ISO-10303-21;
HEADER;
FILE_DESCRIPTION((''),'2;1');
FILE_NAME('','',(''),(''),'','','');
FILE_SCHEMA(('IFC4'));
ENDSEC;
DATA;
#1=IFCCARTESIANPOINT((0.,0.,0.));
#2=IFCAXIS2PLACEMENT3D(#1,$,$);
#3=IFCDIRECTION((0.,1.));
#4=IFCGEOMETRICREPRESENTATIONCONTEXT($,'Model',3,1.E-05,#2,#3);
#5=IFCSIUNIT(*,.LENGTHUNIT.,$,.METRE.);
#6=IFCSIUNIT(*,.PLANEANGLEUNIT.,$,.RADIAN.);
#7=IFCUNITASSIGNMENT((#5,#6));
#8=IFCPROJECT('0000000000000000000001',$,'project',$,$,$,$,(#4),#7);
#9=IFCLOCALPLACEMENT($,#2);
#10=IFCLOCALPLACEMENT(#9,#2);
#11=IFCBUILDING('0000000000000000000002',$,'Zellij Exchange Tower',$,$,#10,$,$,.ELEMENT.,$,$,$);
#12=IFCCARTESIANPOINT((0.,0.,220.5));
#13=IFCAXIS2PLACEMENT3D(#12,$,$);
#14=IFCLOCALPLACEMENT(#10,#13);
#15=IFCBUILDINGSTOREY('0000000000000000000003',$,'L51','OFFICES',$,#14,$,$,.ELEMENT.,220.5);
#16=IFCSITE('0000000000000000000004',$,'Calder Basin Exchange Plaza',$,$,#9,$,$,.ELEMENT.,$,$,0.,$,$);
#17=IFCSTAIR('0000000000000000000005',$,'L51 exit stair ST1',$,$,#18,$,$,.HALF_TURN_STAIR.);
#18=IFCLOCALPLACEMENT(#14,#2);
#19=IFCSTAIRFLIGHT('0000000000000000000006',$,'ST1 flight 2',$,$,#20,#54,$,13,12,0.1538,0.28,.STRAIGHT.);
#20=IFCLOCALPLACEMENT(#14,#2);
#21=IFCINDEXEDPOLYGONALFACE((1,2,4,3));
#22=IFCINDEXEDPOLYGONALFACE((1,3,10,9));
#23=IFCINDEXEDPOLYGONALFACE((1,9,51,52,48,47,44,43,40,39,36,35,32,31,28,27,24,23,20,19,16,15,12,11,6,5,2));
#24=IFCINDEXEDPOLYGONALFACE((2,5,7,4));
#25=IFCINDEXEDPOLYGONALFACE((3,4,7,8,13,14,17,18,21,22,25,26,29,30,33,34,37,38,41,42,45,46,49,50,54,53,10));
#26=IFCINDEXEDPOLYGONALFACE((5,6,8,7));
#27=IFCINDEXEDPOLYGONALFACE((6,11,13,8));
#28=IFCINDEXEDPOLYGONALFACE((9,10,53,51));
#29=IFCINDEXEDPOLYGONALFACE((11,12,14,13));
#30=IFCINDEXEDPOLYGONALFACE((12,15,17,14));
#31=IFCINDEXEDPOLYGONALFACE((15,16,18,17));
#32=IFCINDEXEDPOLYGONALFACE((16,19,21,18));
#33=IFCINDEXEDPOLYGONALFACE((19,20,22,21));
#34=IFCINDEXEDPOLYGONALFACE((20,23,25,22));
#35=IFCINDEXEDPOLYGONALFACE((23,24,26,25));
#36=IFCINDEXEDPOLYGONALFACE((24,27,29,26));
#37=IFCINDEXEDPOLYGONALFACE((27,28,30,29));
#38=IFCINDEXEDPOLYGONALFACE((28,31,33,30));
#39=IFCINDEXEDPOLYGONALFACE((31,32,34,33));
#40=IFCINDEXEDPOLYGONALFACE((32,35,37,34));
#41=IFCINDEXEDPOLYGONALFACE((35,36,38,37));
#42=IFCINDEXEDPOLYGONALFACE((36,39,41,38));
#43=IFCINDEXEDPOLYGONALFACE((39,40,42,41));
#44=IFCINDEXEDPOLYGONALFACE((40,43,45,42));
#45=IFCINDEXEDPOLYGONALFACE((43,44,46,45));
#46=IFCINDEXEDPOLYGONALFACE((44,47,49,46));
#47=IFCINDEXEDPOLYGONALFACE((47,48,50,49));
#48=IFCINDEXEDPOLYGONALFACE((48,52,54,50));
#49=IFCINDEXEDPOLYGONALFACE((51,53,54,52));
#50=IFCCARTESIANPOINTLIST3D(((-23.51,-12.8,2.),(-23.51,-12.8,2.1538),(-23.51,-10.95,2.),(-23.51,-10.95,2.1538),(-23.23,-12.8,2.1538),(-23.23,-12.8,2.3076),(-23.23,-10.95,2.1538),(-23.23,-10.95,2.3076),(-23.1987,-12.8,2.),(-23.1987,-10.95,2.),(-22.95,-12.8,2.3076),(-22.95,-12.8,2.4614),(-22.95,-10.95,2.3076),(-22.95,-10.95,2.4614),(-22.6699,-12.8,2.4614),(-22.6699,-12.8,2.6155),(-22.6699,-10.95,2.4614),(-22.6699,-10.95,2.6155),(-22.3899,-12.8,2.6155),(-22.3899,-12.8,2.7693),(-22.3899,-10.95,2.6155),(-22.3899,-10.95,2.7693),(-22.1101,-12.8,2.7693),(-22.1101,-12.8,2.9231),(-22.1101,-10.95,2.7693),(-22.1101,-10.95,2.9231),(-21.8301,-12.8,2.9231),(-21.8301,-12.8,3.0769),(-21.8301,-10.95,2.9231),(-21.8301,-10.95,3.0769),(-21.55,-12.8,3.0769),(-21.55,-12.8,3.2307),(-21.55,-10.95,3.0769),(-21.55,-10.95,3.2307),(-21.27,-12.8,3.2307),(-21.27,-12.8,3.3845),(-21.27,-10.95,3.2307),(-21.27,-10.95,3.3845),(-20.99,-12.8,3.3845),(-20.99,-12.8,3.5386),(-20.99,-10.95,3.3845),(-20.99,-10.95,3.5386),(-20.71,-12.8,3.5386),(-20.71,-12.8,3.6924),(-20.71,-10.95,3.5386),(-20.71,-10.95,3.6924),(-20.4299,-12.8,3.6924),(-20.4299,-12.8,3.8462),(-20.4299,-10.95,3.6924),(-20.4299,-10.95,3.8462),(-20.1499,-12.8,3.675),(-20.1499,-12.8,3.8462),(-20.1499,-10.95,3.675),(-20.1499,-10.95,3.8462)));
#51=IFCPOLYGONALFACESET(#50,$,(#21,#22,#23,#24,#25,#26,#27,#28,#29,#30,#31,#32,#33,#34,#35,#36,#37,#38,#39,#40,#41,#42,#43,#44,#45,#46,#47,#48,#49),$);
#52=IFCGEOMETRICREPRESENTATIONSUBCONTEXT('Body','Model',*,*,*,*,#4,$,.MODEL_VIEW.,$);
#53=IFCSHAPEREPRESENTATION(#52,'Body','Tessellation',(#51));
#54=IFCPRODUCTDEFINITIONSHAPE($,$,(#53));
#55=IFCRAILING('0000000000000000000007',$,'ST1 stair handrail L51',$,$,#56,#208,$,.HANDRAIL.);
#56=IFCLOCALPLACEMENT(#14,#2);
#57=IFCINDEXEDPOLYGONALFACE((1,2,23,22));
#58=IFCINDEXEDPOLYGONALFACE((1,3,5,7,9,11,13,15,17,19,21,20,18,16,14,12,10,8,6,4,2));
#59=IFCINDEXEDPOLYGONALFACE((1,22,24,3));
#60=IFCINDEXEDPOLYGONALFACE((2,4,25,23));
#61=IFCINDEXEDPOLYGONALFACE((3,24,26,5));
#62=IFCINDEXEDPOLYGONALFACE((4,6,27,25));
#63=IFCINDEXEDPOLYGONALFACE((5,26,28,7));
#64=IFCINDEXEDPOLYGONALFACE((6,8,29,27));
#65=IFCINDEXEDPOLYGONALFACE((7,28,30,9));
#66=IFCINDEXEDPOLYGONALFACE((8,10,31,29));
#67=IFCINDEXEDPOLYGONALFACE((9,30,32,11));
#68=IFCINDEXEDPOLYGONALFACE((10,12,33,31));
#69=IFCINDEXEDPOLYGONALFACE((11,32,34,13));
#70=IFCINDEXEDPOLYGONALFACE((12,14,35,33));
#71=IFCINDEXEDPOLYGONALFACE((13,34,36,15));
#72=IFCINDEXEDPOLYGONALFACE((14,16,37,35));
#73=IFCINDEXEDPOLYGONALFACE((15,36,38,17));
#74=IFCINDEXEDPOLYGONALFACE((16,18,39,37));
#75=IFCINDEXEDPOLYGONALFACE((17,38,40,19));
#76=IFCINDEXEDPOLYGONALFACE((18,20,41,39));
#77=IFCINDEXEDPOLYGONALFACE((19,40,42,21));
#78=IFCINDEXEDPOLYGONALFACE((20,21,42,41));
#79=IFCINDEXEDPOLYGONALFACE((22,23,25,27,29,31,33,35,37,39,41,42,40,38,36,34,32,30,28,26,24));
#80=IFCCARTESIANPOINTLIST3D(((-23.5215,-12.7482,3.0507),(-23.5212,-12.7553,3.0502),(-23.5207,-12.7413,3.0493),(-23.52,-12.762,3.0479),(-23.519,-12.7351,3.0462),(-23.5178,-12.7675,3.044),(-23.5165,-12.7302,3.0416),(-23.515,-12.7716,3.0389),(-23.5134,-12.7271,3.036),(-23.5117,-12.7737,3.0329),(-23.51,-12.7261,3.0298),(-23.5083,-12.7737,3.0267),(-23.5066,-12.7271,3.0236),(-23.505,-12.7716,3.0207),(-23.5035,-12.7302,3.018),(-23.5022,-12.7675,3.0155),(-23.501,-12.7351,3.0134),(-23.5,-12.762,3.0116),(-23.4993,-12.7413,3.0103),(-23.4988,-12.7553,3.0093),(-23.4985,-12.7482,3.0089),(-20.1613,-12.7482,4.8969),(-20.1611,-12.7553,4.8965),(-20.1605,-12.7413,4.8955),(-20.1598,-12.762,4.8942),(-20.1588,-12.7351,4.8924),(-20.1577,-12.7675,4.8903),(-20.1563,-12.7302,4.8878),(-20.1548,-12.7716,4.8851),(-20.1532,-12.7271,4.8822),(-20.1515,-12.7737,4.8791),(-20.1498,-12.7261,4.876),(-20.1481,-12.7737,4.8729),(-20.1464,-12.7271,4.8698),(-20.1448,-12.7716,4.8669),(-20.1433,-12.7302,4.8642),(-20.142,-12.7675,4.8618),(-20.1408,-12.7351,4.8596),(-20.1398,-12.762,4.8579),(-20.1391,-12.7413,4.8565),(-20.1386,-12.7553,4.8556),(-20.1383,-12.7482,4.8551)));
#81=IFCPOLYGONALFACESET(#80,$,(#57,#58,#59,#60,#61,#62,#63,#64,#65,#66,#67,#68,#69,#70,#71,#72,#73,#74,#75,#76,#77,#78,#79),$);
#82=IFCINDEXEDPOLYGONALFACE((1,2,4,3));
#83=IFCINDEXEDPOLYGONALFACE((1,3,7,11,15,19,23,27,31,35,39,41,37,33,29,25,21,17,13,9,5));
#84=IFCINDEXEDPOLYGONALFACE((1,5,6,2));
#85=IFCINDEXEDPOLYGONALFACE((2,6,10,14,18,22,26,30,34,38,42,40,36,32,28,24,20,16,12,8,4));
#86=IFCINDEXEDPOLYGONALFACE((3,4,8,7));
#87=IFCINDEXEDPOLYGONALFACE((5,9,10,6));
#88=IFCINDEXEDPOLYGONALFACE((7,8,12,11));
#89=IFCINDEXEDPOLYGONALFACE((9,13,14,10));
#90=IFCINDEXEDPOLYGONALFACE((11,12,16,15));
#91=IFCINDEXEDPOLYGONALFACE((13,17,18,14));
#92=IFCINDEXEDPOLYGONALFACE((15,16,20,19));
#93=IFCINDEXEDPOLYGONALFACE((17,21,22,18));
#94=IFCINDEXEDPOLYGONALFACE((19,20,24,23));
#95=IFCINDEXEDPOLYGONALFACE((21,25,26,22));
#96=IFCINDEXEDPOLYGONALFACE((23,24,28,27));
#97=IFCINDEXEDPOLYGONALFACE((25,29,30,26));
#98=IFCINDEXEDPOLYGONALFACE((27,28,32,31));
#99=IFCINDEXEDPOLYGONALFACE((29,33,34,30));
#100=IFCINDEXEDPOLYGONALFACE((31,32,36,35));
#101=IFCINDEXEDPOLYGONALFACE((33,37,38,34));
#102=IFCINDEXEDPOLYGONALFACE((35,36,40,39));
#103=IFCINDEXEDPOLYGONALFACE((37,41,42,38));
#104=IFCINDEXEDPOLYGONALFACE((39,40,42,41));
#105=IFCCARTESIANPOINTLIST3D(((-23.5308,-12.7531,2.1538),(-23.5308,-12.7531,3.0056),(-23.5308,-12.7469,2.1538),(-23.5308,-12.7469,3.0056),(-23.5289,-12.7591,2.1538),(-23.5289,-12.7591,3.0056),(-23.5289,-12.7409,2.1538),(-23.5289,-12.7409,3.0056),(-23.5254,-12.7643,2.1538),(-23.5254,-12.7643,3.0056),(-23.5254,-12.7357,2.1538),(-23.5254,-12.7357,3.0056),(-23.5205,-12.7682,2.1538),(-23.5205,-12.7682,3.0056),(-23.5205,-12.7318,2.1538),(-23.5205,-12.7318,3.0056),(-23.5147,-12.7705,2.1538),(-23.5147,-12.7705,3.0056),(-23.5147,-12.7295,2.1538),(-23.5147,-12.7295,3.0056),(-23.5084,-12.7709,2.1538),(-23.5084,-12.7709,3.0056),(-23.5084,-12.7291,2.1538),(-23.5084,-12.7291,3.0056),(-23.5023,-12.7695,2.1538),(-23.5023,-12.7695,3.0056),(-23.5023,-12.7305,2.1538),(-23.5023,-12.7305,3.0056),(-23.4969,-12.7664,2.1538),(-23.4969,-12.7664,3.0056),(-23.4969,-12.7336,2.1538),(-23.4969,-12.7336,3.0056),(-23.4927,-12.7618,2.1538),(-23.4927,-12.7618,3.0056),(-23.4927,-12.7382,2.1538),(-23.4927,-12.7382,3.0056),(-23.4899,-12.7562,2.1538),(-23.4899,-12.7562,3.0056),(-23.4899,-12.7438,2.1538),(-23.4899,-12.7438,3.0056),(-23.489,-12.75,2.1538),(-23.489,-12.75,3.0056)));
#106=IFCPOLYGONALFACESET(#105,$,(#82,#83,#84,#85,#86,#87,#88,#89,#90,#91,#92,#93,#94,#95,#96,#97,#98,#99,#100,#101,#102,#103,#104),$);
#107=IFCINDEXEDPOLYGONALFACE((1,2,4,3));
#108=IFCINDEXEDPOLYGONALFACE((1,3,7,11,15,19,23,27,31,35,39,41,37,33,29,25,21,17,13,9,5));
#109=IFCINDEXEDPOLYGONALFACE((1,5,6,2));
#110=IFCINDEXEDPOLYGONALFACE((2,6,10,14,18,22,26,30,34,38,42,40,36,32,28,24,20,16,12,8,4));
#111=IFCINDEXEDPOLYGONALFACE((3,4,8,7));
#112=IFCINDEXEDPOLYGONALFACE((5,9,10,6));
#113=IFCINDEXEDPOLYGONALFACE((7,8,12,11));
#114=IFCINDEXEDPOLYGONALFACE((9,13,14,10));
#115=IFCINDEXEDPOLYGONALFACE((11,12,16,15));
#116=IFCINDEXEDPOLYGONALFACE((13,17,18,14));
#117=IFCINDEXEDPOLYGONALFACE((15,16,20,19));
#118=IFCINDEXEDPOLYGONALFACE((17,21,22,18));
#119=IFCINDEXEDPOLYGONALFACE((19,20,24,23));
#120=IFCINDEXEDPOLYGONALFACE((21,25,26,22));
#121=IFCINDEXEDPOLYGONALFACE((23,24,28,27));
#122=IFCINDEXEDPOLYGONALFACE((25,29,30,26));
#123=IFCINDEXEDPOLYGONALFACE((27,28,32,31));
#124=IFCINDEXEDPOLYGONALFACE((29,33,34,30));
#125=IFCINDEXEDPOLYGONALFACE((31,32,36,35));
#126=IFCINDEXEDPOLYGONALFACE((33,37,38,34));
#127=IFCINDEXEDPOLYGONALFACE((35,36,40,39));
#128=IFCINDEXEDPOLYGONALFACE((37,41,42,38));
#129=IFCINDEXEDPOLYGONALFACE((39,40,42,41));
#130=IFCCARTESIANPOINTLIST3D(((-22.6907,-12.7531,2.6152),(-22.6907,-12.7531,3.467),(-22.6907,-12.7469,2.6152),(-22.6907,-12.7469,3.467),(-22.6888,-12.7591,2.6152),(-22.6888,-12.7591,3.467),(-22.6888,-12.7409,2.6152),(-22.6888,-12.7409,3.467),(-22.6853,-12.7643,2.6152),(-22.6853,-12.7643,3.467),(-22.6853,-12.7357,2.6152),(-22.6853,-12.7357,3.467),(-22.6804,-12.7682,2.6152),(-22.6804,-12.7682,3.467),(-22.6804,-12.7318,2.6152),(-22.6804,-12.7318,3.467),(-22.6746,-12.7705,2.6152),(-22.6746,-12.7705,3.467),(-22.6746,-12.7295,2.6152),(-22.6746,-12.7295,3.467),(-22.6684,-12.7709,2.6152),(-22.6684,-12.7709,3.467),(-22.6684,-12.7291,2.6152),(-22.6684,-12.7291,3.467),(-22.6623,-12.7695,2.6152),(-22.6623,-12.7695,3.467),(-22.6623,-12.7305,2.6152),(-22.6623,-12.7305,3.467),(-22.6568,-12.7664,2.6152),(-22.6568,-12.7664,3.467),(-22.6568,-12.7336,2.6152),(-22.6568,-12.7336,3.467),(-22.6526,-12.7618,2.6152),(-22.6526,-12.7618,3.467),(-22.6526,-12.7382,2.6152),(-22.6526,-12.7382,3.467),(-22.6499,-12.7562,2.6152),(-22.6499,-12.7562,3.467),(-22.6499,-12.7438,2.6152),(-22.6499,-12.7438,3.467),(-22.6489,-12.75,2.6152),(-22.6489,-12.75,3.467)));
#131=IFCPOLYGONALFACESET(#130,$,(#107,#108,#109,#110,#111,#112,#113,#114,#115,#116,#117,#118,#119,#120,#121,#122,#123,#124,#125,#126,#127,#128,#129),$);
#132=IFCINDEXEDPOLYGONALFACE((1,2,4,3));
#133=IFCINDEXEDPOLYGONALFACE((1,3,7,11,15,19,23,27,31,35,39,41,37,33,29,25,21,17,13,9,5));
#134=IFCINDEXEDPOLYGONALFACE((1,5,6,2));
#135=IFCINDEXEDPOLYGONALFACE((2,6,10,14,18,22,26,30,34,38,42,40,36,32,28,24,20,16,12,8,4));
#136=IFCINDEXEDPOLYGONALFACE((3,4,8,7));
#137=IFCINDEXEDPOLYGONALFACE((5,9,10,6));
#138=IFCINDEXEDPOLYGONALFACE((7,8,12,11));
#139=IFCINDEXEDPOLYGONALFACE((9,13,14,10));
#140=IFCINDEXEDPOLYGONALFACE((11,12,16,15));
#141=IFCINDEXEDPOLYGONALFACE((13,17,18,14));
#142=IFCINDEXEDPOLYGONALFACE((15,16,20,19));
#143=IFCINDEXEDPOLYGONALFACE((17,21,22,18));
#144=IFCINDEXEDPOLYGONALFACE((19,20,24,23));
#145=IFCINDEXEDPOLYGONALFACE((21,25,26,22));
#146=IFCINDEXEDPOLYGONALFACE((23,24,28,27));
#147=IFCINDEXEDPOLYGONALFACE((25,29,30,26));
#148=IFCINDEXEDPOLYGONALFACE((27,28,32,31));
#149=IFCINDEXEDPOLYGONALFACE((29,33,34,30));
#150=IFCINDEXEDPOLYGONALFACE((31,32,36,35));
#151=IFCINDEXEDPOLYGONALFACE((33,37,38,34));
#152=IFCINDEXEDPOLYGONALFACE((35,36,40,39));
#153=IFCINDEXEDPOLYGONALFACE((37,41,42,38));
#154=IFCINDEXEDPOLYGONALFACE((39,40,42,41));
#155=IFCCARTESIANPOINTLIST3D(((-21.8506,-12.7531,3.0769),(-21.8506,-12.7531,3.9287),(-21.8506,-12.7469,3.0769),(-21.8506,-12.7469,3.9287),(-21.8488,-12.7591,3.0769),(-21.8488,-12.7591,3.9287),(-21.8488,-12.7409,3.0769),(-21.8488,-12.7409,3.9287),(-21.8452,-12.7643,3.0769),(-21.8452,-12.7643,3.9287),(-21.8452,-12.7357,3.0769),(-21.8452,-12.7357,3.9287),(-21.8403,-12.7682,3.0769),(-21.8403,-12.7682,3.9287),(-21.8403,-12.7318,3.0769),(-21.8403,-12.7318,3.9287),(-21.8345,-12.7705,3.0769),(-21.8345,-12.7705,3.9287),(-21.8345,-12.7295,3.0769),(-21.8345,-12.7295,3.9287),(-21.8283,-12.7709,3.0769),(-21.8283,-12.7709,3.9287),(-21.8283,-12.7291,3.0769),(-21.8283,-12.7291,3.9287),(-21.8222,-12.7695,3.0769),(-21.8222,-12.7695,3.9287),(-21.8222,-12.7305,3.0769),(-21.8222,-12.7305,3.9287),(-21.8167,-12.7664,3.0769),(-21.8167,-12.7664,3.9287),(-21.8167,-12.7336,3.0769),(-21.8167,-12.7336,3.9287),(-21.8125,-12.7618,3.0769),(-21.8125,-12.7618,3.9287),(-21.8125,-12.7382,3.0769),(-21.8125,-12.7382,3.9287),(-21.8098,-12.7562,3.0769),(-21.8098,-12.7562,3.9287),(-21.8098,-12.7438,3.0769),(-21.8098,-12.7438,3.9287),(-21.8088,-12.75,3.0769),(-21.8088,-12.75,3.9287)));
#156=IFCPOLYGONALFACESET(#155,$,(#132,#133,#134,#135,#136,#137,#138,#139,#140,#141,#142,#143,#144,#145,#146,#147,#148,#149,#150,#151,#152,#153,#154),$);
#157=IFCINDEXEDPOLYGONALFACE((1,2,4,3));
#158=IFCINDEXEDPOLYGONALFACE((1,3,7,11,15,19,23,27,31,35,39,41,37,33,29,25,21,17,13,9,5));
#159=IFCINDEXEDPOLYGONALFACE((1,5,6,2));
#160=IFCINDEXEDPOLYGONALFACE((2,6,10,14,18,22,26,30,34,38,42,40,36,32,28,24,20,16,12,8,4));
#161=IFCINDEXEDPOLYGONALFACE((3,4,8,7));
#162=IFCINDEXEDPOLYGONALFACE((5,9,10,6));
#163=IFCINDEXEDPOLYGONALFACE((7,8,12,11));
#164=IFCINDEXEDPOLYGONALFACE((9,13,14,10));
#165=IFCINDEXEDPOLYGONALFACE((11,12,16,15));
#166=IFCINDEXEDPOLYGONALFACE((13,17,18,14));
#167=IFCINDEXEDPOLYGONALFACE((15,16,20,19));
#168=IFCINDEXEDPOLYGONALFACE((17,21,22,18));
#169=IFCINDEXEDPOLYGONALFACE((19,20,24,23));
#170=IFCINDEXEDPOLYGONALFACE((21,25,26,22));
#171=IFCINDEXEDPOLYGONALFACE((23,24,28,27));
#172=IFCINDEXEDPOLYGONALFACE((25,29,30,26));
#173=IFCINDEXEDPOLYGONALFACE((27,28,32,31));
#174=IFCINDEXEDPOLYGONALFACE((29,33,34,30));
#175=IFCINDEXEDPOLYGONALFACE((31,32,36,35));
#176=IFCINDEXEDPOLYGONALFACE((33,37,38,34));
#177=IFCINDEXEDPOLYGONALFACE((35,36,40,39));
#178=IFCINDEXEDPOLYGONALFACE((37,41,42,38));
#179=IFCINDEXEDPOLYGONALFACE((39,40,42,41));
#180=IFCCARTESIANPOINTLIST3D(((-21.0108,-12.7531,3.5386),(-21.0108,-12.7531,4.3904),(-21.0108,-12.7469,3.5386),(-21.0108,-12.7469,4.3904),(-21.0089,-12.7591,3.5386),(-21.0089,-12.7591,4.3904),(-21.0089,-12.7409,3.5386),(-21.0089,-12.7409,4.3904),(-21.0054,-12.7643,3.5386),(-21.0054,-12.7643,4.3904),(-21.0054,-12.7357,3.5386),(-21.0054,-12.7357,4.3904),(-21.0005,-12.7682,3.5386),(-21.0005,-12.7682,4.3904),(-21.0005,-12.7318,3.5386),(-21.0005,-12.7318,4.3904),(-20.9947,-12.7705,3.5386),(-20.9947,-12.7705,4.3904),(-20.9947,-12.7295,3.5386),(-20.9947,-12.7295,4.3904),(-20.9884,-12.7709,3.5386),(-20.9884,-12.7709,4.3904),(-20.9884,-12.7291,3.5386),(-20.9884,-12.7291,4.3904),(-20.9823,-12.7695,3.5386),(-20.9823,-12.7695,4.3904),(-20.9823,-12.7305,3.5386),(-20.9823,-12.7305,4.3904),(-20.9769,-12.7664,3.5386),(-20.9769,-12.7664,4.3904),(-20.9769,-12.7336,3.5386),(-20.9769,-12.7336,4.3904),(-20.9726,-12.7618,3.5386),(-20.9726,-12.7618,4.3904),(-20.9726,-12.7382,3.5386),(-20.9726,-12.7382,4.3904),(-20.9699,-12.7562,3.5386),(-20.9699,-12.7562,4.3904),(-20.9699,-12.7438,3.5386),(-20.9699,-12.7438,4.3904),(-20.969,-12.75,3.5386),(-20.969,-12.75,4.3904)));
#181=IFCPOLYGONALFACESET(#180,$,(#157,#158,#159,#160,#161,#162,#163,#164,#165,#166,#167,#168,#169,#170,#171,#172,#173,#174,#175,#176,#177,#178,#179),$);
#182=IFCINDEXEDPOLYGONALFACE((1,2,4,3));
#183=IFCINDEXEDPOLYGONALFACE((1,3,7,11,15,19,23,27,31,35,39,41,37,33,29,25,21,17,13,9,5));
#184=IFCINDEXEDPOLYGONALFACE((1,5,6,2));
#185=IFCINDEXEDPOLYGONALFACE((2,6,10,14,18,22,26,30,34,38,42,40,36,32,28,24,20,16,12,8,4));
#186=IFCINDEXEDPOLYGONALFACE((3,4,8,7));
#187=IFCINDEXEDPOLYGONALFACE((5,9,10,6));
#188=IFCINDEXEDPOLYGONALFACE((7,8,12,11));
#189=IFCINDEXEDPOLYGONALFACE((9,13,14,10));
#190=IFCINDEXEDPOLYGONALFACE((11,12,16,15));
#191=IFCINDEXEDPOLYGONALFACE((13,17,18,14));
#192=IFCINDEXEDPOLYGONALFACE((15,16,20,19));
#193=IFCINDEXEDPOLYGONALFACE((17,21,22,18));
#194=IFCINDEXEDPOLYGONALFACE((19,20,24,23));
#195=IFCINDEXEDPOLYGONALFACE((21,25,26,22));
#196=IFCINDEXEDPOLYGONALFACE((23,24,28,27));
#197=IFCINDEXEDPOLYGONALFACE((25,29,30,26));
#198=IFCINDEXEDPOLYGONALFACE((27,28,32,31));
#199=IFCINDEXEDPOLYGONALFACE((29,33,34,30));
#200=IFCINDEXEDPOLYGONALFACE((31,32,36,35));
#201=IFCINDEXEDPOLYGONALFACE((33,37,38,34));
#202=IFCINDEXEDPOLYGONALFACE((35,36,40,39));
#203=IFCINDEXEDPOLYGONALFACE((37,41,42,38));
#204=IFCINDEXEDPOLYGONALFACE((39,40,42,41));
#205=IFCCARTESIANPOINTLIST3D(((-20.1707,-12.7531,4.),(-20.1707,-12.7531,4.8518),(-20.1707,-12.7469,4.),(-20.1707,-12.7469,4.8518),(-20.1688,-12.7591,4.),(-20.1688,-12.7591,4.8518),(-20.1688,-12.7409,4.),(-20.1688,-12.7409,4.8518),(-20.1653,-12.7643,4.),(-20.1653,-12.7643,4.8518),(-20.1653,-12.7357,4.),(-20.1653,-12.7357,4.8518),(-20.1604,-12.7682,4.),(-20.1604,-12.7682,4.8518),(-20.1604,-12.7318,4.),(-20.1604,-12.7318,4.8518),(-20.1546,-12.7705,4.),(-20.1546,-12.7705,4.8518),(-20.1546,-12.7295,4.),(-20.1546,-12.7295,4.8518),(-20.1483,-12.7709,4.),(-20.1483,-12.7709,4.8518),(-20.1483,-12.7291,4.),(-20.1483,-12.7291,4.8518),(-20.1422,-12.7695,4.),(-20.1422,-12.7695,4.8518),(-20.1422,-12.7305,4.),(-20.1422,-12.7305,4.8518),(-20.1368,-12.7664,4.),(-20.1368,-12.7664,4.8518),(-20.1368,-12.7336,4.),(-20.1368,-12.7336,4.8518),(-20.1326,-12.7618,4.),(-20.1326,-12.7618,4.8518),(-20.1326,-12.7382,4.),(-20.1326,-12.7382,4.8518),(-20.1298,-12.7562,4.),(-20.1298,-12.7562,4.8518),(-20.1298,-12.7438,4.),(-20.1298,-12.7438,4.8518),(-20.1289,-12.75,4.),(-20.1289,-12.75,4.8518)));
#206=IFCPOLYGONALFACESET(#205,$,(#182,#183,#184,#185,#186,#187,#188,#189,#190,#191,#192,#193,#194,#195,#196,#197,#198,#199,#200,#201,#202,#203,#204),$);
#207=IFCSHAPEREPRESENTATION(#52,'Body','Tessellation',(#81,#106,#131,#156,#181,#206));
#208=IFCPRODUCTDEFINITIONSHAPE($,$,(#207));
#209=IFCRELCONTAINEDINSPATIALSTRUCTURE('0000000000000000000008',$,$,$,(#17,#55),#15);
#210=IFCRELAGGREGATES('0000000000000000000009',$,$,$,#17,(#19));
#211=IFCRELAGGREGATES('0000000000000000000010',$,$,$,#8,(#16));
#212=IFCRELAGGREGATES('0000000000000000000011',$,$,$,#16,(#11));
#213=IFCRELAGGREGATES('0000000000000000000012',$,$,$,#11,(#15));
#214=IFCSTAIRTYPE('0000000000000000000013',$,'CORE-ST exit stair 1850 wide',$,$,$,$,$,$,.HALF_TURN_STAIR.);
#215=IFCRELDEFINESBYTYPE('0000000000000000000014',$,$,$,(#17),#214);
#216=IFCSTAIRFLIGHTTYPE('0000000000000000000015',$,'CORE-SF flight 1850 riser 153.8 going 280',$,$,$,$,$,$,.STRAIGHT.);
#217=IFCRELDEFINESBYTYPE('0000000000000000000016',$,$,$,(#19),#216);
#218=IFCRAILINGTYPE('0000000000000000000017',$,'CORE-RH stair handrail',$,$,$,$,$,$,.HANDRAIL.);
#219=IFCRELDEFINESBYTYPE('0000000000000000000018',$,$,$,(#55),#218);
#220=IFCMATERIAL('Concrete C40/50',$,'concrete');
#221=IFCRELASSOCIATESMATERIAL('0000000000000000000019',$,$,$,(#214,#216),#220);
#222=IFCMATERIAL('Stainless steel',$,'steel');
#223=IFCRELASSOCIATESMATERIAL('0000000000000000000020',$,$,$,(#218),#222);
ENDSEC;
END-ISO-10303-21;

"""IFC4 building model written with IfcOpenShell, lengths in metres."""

from ifc_helpers import new_model, si_unit, direction, frame, origin, origin_2d, place, context, subcontext, project, spatial, polyline, circle, outline, extrude, material, type_object, element, aggregate, save


model = new_model("IFC4")

# Units and contexts
model_context = context("Model", 3, precision=1e-05, world=origin(), true_north=direction((0.0, 1.0)))
body_context = subcontext(model_context, "Body", "Model", "MODEL_VIEW")
ifc_project = project(units=[si_unit("LENGTHUNIT", "METRE"), si_unit("PLANEANGLEUNIT", "RADIAN")], contexts=[model_context])

# Site, building, storey
site_placement = place(None, origin())
site = spatial("IfcSite", under=ifc_project, at=site_placement, Name="Calder Basin Exchange Plaza", CompositionType="ELEMENT", RefElevation=0.0)
building_placement = place(site_placement, origin())
building = spatial("IfcBuilding", under=site, at=building_placement, Name="Zellij Exchange Tower", CompositionType="ELEMENT")
storey_placement = place(building_placement, frame((0.0, 0.0, 220.5)))
storey = spatial("IfcBuildingStorey", under=building, at=storey_placement, Name="L51", Description="OFFICES", CompositionType="ELEMENT", Elevation=220.5)

# Stair, stair flight
ifc_material_1 = material(Name="Concrete C40/50", Category="concrete")
stair_type = type_object("IfcStairType", Name="CORE-ST exit stair 1850 wide", PredefinedType="HALF_TURN_STAIR", material=ifc_material_1)
stair_placement = place(storey_placement, origin())
stair = element("IfcStair", 1, at=stair_placement, inside=storey, type_object=stair_type, Name="L51 exit stair ST1", PredefinedType="HALF_TURN_STAIR")
stair_flight_type = type_object("IfcStairFlightType", Name="CORE-SF flight 1850 riser 153.8 going 280", PredefinedType="STRAIGHT", material=ifc_material_1)
stair_flight_placement = place(storey_placement, frame((-23.51, -11.875, 2.0), z_axis=(0.0, 0.0, 1.0), x_axis=(1.0, 0.0, 0.0)))
stair_flight = element("IfcStairFlight", 2, at=stair_flight_placement, type_object=stair_flight_type, Name="ST1 flight 2", NumberOfRisers=13, NumberOfTreads=12, PredefinedType="STRAIGHT", RiserHeight=0.1538, TreadLength=0.28, context=body_context, shape_type="SweptSolid", body=[
    extrude(outline(polyline([(0.0, 0.0), (0.0, 0.1538), (0.28, 0.1538), (0.28, 0.3076), (0.5601, 0.3076), (0.5601, 0.4614), (0.8401, 0.4614), (0.8401, 0.6155), (1.1201, 0.6155), (1.1201, 0.7693), (1.3999, 0.7693), (1.3999, 0.9231), (1.6799, 0.9231), (1.6799, 1.0769), (1.96, 1.0769), (1.96, 1.2307), (2.24, 1.2307), (2.24, 1.3845), (2.52, 1.3845), (2.52, 1.5386), (2.8, 1.5386), (2.8, 1.6924), (3.0801, 1.6924), (3.0801, 1.8462), (3.3601, 1.8462), (3.3601, 2.0), (3.3601, 1.675), (0.3113, 0.0), (0.0, 0.0)])), frame((0.0, 0.925, 0.0), z_axis=(0.0, -1.0, 0.0), x_axis=(1.0, 0.0, 0.0)), (0.0, 0.0, 1.0), 1.8501),
])
aggregate(stair, [stair_flight])

# Railing
ifc_material_2 = material(Name="Stainless steel", Category="steel")
railing_type = type_object("IfcRailingType", Name="CORE-RH stair handrail", PredefinedType="HANDRAIL", material=ifc_material_2)
railing_placement = place(storey_placement, frame((-23.51, -12.75, 2.1538)))
element("IfcRailing", 3, at=railing_placement, inside=storey, type_object=railing_type, Name="ST1 stair handrail L51", PredefinedType="HANDRAIL", context=body_context, shape_type="SweptSolid", body=[
    extrude(circle(Radius=0.0239, at=origin_2d()), frame((0.0, 0.0, 0.876), z_axis=(0.876422, 0.0, 0.481545), x_axis=(0.0, 1.0, 0.0)), (0.0, 0.0, 1.0), 3.834),
    extrude(circle(Radius=0.021, at=origin_2d()), origin(), (0.0, 0.0, 1.0), 0.8518),
    extrude(circle(Radius=0.021, at=origin_2d()), frame((0.8401, 0.0, 0.4614)), (0.0, 0.0, 1.0), 0.8518),
    extrude(circle(Radius=0.021, at=origin_2d()), frame((1.6802, 0.0, 0.9231)), (0.0, 0.0, 1.0), 0.8518),
    extrude(circle(Radius=0.021, at=origin_2d()), frame((2.52, 0.0, 1.3848)), (0.0, 0.0, 1.0), 0.8518),
    extrude(circle(Radius=0.021, at=origin_2d()), frame((3.3601, 0.0, 1.8462)), (0.0, 0.0, 1.0), 0.8518),
])

save(model, "model.ifc")
